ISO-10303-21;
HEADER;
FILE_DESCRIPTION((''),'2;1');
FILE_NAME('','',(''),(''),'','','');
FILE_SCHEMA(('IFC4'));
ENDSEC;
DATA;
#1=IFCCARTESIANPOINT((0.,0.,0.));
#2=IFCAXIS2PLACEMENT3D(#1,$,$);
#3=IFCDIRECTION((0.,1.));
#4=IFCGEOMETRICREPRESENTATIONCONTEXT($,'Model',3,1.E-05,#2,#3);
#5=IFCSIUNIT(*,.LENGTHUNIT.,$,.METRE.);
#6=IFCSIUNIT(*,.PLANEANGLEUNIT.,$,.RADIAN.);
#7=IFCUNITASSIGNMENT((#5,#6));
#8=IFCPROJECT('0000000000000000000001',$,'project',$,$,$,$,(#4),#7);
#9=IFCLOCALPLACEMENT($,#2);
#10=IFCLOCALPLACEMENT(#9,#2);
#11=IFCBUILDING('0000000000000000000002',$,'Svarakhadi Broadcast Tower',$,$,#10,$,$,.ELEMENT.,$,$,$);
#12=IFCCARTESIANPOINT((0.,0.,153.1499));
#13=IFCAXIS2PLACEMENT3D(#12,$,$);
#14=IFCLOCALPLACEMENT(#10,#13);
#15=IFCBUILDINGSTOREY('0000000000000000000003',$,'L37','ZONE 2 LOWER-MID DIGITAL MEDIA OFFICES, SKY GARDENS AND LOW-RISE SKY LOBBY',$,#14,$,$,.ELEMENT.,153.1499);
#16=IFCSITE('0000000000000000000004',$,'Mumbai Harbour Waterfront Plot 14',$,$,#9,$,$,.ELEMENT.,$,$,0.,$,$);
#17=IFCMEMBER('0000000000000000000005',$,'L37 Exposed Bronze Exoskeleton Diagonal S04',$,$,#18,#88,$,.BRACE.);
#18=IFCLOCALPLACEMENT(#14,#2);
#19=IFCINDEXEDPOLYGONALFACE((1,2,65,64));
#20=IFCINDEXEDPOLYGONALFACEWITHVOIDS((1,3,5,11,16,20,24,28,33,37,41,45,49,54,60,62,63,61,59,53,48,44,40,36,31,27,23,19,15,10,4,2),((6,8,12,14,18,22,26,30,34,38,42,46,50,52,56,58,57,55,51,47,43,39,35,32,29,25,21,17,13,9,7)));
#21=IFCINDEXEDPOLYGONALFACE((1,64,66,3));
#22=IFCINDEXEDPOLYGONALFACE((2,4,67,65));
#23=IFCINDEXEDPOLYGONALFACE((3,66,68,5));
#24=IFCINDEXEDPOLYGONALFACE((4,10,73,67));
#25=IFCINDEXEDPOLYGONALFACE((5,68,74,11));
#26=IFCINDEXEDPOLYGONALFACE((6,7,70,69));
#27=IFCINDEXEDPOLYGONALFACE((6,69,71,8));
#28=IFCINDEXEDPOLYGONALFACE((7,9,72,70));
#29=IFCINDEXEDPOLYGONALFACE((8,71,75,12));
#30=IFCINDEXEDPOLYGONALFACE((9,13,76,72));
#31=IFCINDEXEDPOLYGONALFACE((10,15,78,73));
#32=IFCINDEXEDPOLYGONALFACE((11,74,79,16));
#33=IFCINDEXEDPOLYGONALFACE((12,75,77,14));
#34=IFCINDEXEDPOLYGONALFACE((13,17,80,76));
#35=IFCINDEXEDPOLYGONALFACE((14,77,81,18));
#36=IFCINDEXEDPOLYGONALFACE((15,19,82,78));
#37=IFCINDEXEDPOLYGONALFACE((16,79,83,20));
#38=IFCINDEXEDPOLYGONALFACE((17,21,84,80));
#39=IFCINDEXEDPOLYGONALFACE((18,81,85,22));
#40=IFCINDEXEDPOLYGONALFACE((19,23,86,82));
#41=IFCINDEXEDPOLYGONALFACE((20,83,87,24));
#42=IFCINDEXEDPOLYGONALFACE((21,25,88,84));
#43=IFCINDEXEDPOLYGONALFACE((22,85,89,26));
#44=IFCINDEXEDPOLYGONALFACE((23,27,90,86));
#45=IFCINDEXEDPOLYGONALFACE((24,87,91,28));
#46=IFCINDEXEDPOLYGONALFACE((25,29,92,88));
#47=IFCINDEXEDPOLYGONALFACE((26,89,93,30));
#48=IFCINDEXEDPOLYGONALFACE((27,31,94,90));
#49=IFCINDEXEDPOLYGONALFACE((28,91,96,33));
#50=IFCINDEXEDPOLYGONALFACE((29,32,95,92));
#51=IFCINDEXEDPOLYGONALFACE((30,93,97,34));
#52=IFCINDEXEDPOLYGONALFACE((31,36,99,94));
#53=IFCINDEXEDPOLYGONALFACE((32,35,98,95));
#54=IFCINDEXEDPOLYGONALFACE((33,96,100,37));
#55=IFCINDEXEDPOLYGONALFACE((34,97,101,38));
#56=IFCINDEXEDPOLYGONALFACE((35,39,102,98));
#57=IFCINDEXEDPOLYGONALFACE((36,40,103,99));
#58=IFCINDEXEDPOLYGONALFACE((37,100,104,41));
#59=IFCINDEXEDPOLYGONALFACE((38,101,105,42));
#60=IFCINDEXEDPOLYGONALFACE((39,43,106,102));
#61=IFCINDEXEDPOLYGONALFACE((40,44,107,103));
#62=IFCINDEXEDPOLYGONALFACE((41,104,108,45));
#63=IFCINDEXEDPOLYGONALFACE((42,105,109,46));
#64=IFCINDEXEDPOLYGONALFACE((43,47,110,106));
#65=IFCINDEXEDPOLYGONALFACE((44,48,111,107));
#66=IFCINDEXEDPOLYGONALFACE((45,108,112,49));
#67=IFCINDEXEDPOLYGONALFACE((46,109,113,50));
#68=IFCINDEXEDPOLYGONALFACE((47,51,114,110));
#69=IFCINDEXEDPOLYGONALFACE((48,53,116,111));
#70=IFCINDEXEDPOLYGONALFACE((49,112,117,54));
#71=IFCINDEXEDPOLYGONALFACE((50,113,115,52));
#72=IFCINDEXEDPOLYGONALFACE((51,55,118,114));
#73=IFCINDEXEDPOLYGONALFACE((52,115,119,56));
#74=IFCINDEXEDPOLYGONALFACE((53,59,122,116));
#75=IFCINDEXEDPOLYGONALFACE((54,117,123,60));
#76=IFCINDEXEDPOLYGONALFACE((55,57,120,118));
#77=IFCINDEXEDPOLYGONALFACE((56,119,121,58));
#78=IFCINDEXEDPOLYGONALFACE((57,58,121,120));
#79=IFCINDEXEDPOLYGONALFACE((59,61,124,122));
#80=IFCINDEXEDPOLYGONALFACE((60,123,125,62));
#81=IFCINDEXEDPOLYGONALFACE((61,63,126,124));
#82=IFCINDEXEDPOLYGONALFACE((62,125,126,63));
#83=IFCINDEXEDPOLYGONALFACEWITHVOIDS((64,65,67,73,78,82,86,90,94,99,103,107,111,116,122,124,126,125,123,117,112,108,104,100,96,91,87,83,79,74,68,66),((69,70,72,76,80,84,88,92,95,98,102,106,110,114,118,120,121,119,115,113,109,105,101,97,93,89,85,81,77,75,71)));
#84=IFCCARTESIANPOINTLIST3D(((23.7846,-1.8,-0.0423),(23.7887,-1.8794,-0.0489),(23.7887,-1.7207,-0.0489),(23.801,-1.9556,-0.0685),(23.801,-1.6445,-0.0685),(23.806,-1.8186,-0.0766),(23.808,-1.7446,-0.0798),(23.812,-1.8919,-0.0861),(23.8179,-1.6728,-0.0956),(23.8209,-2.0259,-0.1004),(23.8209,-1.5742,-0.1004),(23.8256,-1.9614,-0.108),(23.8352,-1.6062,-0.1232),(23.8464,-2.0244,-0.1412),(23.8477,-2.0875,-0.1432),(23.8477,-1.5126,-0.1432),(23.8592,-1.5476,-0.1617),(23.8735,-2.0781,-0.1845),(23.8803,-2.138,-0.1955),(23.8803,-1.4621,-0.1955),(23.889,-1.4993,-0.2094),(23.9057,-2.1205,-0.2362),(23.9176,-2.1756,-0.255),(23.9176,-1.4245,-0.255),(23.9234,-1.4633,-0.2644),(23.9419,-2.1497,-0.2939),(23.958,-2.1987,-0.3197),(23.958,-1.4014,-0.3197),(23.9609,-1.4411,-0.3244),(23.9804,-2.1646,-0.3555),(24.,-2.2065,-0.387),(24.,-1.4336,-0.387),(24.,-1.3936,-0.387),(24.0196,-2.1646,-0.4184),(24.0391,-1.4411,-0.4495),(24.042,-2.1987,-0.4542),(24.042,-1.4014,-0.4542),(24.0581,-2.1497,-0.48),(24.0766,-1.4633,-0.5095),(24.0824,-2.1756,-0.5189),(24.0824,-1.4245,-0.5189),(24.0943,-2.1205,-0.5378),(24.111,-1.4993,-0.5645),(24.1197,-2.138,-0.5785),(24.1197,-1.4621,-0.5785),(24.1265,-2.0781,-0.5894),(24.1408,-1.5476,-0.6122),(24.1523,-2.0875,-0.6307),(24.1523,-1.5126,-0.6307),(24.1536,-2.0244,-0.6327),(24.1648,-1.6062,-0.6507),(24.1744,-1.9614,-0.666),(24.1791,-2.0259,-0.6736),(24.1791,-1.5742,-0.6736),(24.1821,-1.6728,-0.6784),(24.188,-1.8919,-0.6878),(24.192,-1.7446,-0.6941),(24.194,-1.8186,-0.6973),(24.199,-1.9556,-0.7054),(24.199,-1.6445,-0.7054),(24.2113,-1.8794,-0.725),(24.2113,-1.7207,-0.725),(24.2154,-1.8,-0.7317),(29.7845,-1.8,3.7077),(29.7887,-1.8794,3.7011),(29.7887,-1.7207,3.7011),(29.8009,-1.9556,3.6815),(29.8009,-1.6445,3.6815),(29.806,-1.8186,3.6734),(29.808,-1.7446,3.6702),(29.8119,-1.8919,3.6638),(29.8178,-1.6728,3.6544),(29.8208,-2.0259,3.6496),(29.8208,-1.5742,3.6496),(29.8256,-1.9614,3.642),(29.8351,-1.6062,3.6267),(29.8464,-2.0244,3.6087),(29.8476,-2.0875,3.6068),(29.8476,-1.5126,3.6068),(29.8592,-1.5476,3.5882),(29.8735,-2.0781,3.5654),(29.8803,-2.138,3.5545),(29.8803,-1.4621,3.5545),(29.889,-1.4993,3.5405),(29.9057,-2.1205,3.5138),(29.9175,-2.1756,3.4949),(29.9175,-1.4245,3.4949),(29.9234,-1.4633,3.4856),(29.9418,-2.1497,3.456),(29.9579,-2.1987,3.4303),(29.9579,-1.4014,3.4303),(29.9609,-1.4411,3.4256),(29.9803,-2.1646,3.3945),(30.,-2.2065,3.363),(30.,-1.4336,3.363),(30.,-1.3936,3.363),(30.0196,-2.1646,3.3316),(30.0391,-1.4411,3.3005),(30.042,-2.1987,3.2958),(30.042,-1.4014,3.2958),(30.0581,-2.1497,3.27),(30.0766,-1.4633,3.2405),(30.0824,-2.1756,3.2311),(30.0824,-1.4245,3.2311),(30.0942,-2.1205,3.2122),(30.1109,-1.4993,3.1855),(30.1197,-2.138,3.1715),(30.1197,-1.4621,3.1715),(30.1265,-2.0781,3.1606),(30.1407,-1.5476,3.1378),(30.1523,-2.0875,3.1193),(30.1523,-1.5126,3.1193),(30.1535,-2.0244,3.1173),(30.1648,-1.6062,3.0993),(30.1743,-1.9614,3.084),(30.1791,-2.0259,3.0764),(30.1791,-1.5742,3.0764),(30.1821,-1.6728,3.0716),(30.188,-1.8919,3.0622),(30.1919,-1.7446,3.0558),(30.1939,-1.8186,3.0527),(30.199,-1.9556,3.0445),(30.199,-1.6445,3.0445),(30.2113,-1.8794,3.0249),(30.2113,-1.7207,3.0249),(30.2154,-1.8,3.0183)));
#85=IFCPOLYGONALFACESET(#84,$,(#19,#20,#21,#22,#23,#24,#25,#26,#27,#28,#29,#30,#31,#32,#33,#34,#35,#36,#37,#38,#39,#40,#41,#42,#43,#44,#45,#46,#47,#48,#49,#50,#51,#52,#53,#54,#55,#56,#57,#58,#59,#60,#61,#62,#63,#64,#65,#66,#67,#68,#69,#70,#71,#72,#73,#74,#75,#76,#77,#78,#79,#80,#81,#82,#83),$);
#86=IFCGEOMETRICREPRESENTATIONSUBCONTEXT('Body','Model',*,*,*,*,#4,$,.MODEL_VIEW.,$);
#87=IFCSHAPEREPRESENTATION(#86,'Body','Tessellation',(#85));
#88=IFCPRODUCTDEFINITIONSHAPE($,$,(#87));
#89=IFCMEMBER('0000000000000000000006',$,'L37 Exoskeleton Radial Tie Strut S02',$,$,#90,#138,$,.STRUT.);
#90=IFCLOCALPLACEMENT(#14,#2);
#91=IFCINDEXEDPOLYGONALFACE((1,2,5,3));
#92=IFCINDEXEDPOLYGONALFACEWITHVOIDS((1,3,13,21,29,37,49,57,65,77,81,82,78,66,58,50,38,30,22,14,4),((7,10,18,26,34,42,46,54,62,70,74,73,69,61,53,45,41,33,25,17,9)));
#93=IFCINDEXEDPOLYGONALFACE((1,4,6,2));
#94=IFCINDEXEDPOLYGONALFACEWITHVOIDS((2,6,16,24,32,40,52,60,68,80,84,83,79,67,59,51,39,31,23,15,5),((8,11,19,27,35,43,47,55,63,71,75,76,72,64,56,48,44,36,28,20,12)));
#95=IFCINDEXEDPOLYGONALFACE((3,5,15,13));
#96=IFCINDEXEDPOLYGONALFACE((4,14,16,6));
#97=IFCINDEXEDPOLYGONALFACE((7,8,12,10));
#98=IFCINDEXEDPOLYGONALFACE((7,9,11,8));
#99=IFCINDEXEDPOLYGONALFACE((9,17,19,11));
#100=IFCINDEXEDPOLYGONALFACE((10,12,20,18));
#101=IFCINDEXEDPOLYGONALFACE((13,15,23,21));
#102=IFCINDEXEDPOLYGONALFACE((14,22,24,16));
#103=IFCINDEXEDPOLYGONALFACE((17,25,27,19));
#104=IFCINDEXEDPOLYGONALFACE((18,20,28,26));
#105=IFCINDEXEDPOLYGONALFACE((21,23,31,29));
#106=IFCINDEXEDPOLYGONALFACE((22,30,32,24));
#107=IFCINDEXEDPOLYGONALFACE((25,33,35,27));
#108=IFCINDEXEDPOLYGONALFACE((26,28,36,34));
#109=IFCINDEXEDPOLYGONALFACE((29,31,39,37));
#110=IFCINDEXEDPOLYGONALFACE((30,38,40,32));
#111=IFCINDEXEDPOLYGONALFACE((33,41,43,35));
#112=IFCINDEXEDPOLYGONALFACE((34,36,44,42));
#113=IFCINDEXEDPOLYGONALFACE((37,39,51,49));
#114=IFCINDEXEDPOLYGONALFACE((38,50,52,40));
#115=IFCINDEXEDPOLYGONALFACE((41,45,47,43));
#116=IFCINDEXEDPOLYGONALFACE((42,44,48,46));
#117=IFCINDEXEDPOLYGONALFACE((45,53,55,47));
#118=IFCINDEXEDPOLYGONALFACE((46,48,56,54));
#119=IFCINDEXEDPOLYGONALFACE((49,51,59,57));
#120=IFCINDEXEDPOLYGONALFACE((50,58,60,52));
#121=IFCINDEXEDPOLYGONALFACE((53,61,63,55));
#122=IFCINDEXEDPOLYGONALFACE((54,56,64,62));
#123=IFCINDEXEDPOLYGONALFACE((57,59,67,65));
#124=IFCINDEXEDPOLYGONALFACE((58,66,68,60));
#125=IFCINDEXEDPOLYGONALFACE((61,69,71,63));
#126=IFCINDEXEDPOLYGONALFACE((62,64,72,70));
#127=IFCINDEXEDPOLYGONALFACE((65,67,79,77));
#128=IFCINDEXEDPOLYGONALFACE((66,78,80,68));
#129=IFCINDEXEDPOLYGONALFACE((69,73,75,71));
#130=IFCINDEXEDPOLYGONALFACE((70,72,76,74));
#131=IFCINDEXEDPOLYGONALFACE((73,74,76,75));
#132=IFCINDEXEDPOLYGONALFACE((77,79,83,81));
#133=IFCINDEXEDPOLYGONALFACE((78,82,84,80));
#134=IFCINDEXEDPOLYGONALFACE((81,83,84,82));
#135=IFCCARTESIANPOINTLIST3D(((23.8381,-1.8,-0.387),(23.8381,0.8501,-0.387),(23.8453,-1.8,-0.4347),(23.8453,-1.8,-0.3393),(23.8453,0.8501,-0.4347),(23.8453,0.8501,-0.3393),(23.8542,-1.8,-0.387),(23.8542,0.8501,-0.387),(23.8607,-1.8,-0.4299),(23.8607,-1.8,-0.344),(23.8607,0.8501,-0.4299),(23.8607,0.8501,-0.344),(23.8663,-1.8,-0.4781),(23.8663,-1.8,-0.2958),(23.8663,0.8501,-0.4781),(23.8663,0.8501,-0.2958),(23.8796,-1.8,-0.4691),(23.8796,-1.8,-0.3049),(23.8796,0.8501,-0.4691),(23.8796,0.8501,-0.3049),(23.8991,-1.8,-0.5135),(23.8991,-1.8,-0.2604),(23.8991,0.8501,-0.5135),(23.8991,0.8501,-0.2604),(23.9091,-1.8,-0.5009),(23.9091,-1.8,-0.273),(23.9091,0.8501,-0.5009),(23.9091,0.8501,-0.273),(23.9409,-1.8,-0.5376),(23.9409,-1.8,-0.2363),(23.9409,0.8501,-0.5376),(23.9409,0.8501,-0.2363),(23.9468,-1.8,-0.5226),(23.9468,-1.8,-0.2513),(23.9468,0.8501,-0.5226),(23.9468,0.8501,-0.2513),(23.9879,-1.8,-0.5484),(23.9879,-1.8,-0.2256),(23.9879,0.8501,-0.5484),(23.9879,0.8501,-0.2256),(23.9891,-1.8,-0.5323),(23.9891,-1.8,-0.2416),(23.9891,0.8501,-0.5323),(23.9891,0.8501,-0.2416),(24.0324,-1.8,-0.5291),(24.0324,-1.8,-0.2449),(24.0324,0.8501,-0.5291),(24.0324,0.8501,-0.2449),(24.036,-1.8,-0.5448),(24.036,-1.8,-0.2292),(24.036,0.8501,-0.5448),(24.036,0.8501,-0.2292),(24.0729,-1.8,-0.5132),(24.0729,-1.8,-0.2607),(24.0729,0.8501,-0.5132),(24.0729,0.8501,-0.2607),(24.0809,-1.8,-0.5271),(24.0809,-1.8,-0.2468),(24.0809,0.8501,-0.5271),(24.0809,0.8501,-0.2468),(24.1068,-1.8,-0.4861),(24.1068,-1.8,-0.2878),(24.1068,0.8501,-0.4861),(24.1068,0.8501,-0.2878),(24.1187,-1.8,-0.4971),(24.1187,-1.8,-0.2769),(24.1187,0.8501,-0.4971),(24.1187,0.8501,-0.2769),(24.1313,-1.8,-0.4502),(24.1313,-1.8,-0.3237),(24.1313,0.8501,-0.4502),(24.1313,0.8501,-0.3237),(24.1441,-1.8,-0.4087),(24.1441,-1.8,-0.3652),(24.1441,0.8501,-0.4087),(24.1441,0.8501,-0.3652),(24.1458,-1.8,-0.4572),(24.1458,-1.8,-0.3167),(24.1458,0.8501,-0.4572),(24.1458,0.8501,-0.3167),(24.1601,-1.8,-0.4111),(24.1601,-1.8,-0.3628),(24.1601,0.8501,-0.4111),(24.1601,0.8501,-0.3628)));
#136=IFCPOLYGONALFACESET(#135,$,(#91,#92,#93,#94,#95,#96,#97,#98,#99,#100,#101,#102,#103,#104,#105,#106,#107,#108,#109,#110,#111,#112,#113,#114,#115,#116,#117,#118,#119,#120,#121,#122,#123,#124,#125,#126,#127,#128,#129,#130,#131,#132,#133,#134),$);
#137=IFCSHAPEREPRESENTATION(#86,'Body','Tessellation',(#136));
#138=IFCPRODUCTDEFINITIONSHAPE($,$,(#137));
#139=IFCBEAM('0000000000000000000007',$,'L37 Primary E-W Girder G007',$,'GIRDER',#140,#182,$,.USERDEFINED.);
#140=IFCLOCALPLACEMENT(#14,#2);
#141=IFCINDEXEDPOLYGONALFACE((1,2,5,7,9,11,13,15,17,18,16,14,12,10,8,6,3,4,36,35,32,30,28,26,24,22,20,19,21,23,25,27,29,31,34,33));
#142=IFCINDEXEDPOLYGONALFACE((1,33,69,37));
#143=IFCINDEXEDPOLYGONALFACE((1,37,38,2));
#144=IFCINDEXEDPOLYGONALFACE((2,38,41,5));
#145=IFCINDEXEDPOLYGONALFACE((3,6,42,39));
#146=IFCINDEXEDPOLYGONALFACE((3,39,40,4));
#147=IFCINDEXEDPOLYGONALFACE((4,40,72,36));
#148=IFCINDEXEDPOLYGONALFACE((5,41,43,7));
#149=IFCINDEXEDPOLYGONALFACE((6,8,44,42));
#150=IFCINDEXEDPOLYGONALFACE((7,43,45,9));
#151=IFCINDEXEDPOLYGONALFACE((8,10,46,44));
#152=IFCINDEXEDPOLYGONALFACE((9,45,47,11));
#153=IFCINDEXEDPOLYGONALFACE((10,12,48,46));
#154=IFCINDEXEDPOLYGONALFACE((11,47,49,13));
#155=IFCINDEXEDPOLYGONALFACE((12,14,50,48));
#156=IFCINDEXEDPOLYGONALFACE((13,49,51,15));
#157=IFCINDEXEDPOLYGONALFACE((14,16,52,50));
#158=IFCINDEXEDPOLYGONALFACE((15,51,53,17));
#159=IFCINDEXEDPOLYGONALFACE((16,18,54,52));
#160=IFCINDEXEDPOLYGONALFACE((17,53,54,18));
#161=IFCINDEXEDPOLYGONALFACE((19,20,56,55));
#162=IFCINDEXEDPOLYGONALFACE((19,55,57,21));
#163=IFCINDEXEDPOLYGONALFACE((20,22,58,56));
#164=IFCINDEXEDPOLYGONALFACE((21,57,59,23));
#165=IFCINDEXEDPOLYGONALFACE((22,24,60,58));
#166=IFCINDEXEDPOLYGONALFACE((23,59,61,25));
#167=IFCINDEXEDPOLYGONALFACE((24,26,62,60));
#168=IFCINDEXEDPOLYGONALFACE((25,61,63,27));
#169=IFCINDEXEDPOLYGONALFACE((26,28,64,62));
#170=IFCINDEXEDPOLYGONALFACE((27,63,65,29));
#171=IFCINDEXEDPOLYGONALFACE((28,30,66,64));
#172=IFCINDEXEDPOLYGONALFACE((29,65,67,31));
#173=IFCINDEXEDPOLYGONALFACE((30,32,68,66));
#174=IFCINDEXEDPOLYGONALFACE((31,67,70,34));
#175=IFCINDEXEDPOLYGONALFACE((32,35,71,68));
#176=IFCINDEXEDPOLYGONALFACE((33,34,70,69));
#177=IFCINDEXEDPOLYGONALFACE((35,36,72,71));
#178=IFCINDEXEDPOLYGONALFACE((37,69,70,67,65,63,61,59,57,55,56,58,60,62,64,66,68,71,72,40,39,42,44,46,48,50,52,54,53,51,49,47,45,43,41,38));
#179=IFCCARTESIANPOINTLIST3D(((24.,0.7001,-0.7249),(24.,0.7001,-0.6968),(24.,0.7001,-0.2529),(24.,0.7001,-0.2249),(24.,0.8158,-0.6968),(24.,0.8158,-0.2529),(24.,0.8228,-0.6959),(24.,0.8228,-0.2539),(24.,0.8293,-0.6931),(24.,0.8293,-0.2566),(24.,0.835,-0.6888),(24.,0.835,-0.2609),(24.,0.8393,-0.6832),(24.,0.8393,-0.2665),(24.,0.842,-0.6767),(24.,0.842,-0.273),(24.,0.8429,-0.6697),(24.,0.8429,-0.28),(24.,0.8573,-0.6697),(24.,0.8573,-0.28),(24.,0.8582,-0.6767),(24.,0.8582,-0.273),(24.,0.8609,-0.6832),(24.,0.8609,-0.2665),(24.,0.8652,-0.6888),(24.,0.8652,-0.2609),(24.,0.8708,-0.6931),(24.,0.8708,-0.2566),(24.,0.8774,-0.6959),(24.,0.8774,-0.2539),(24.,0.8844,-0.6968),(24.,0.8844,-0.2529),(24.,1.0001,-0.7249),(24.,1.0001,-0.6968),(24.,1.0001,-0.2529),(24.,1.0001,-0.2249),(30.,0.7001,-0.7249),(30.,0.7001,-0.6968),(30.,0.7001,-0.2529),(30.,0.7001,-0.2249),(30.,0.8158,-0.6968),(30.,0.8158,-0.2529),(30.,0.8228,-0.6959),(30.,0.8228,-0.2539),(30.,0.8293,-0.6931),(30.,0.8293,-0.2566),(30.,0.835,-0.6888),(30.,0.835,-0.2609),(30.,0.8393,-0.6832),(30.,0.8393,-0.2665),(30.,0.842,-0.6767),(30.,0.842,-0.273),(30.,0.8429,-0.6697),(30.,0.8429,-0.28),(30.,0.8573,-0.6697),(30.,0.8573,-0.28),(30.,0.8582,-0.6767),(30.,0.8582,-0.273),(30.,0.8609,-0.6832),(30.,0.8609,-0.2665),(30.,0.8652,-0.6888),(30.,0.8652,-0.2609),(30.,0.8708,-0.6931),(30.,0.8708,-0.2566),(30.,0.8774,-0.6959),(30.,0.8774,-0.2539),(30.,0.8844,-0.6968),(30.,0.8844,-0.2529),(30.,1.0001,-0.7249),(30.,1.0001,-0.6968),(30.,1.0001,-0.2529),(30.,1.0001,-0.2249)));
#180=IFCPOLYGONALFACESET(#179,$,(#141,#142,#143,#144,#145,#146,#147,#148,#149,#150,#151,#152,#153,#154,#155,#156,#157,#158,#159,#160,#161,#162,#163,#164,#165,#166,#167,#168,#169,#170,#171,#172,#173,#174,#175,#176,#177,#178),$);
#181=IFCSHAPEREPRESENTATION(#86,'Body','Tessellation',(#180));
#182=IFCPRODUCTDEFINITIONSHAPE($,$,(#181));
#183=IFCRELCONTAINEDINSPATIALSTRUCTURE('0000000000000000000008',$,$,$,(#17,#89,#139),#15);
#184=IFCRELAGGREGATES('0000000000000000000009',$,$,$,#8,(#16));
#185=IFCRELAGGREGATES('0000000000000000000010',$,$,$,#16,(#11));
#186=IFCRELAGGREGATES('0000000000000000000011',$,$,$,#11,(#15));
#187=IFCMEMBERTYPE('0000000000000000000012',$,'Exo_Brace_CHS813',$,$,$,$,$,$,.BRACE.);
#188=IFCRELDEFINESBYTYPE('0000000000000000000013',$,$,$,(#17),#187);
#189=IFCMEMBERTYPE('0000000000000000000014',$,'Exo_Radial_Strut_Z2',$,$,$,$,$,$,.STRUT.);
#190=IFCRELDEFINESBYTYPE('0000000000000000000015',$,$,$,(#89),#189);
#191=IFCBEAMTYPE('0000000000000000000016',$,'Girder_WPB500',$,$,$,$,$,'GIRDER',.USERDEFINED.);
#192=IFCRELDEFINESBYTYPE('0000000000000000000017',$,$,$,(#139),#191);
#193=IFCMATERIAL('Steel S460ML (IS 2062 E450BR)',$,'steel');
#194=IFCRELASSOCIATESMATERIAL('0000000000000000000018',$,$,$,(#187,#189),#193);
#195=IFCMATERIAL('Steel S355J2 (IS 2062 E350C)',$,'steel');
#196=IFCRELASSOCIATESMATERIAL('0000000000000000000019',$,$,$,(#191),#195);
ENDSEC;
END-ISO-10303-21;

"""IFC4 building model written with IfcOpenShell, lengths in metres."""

from ifc_helpers import new_model, si_unit, direction, frame, origin, origin_2d, place, context, subcontext, project, spatial, hollow_circle, i_section, extrude, material, material_profile, profile_set, type_object, element, save


model = new_model("IFC4")

# Units and contexts
model_context = context("Model", 3, precision=1e-05, world=origin(), true_north=direction((0.0, 1.0)))
body_context = subcontext(model_context, "Body", "Model", "MODEL_VIEW")
ifc_project = project(units=[si_unit("LENGTHUNIT", "METRE"), si_unit("PLANEANGLEUNIT", "RADIAN")], contexts=[model_context])

# Site, building, storey
site_placement = place(None, origin())
site = spatial("IfcSite", under=ifc_project, at=site_placement, Name="Mumbai Harbour Waterfront Plot 14", CompositionType="ELEMENT", RefElevation=0.0)
building_placement = place(site_placement, origin())
building = spatial("IfcBuilding", under=site, at=building_placement, Name="Svarakhadi Broadcast Tower", CompositionType="ELEMENT")
storey_placement = place(building_placement, frame((0.0, 0.0, 153.1499)))
storey = spatial("IfcBuildingStorey", under=building, at=storey_placement, Name="L37", Description="ZONE 2 LOWER-MID DIGITAL MEDIA OFFICES, SKY GARDENS AND LOW-RISE SKY LOBBY", CompositionType="ELEMENT", Elevation=153.1499)

# Members
ifc_material_1 = material(Name="Steel S460ML (IS 2062 E450BR)", Category="steel")
ifc_material_profile_1 = material_profile(ifc_material_1, hollow_circle(Radius=0.4065, WallThickness=0.04, at=origin_2d()), Name="CHS 813x40")
ifc_profile_set_1 = profile_set([ifc_material_profile_1], Name="Steel S460ML (IS 2062 E450BR)")
member_type_1 = type_object("IfcMemberType", Name="Exo_Brace_CHS813", PredefinedType="BRACE", material=ifc_profile_set_1)
for number, where, z_axis, x_axis, name in (
    (1, (24.0, -1.8, -0.387), (0.847998, 0.0, 0.529999), (0.0, 1.0, 0.0), "L37 Exposed Bronze Exoskeleton Diagonal S04"),
):
    element("IfcMember", number, at=place(storey_placement, frame(where, z_axis=z_axis, x_axis=x_axis)), inside=storey, type_object=member_type_1, Name=name, PredefinedType="BRACE", context=body_context, shape_type="SweptSolid", body=[
        extrude(hollow_circle(Radius=0.4065, WallThickness=0.04, at=origin_2d()), origin(), (0.0, 0.0, 1.0), 7.0754),
    ])
ifc_material_profile_2 = material_profile(ifc_material_1, hollow_circle(Radius=0.1619, WallThickness=0.0161, at=origin_2d()), Name="CHS 323.9x16")
ifc_profile_set_2 = profile_set([ifc_material_profile_2], Name="Steel S460ML (IS 2062 E450BR)")
member_type_2 = type_object("IfcMemberType", Name="Exo_Radial_Strut_Z2", PredefinedType="STRUT", material=ifc_profile_set_2)
member_1_placement = place(storey_placement, frame((24.0, -1.8, -0.387), z_axis=(0.0, 1.0, 0.0), x_axis=(-1.0, 0.0, 0.0)))
element("IfcMember", 2, at=member_1_placement, inside=storey, type_object=member_type_2, Name="L37 Exoskeleton Radial Tie Strut S02", PredefinedType="STRUT", context=body_context, shape_type="SweptSolid", body=[
    extrude(hollow_circle(Radius=0.1619, WallThickness=0.0161, at=origin_2d()), origin(), (0.0, 0.0, 1.0), 2.6501),
])

# Beam
ifc_material_2 = material(Name="Steel S355J2 (IS 2062 E350C)", Category="steel")
ifc_material_profile_3 = material_profile(ifc_material_2, i_section(OverallWidth=0.3, OverallDepth=0.5, WebThickness=0.0144, FlangeThickness=0.0281, FilletRadius=0.0271, at=origin_2d()), Name="WPB 500x300x187")
ifc_profile_set_3 = profile_set([ifc_material_profile_3], Name="Steel S355J2 (IS 2062 E350C)")
beam_type = type_object("IfcBeamType", Name="Girder_WPB500", ElementType="GIRDER", PredefinedType="USERDEFINED", material=ifc_profile_set_3)
beam_placement = place(storey_placement, frame((24.0, 0.8501, -0.4749), z_axis=(1.0, 0.0, 0.0), x_axis=(0.0, 1.0, 0.0)))
element("IfcBeam", 3, at=beam_placement, inside=storey, type_object=beam_type, Name="L37 Primary E-W Girder G007", ObjectType="GIRDER", PredefinedType="USERDEFINED", context=body_context, shape_type="SweptSolid", body=[
    extrude(i_section(OverallWidth=0.3, OverallDepth=0.5, WebThickness=0.0144, FlangeThickness=0.0281, FilletRadius=0.0271, at=origin_2d()), origin(), (0.0, 0.0, 1.0), 6.0),
])

save(model, "model.ifc")
